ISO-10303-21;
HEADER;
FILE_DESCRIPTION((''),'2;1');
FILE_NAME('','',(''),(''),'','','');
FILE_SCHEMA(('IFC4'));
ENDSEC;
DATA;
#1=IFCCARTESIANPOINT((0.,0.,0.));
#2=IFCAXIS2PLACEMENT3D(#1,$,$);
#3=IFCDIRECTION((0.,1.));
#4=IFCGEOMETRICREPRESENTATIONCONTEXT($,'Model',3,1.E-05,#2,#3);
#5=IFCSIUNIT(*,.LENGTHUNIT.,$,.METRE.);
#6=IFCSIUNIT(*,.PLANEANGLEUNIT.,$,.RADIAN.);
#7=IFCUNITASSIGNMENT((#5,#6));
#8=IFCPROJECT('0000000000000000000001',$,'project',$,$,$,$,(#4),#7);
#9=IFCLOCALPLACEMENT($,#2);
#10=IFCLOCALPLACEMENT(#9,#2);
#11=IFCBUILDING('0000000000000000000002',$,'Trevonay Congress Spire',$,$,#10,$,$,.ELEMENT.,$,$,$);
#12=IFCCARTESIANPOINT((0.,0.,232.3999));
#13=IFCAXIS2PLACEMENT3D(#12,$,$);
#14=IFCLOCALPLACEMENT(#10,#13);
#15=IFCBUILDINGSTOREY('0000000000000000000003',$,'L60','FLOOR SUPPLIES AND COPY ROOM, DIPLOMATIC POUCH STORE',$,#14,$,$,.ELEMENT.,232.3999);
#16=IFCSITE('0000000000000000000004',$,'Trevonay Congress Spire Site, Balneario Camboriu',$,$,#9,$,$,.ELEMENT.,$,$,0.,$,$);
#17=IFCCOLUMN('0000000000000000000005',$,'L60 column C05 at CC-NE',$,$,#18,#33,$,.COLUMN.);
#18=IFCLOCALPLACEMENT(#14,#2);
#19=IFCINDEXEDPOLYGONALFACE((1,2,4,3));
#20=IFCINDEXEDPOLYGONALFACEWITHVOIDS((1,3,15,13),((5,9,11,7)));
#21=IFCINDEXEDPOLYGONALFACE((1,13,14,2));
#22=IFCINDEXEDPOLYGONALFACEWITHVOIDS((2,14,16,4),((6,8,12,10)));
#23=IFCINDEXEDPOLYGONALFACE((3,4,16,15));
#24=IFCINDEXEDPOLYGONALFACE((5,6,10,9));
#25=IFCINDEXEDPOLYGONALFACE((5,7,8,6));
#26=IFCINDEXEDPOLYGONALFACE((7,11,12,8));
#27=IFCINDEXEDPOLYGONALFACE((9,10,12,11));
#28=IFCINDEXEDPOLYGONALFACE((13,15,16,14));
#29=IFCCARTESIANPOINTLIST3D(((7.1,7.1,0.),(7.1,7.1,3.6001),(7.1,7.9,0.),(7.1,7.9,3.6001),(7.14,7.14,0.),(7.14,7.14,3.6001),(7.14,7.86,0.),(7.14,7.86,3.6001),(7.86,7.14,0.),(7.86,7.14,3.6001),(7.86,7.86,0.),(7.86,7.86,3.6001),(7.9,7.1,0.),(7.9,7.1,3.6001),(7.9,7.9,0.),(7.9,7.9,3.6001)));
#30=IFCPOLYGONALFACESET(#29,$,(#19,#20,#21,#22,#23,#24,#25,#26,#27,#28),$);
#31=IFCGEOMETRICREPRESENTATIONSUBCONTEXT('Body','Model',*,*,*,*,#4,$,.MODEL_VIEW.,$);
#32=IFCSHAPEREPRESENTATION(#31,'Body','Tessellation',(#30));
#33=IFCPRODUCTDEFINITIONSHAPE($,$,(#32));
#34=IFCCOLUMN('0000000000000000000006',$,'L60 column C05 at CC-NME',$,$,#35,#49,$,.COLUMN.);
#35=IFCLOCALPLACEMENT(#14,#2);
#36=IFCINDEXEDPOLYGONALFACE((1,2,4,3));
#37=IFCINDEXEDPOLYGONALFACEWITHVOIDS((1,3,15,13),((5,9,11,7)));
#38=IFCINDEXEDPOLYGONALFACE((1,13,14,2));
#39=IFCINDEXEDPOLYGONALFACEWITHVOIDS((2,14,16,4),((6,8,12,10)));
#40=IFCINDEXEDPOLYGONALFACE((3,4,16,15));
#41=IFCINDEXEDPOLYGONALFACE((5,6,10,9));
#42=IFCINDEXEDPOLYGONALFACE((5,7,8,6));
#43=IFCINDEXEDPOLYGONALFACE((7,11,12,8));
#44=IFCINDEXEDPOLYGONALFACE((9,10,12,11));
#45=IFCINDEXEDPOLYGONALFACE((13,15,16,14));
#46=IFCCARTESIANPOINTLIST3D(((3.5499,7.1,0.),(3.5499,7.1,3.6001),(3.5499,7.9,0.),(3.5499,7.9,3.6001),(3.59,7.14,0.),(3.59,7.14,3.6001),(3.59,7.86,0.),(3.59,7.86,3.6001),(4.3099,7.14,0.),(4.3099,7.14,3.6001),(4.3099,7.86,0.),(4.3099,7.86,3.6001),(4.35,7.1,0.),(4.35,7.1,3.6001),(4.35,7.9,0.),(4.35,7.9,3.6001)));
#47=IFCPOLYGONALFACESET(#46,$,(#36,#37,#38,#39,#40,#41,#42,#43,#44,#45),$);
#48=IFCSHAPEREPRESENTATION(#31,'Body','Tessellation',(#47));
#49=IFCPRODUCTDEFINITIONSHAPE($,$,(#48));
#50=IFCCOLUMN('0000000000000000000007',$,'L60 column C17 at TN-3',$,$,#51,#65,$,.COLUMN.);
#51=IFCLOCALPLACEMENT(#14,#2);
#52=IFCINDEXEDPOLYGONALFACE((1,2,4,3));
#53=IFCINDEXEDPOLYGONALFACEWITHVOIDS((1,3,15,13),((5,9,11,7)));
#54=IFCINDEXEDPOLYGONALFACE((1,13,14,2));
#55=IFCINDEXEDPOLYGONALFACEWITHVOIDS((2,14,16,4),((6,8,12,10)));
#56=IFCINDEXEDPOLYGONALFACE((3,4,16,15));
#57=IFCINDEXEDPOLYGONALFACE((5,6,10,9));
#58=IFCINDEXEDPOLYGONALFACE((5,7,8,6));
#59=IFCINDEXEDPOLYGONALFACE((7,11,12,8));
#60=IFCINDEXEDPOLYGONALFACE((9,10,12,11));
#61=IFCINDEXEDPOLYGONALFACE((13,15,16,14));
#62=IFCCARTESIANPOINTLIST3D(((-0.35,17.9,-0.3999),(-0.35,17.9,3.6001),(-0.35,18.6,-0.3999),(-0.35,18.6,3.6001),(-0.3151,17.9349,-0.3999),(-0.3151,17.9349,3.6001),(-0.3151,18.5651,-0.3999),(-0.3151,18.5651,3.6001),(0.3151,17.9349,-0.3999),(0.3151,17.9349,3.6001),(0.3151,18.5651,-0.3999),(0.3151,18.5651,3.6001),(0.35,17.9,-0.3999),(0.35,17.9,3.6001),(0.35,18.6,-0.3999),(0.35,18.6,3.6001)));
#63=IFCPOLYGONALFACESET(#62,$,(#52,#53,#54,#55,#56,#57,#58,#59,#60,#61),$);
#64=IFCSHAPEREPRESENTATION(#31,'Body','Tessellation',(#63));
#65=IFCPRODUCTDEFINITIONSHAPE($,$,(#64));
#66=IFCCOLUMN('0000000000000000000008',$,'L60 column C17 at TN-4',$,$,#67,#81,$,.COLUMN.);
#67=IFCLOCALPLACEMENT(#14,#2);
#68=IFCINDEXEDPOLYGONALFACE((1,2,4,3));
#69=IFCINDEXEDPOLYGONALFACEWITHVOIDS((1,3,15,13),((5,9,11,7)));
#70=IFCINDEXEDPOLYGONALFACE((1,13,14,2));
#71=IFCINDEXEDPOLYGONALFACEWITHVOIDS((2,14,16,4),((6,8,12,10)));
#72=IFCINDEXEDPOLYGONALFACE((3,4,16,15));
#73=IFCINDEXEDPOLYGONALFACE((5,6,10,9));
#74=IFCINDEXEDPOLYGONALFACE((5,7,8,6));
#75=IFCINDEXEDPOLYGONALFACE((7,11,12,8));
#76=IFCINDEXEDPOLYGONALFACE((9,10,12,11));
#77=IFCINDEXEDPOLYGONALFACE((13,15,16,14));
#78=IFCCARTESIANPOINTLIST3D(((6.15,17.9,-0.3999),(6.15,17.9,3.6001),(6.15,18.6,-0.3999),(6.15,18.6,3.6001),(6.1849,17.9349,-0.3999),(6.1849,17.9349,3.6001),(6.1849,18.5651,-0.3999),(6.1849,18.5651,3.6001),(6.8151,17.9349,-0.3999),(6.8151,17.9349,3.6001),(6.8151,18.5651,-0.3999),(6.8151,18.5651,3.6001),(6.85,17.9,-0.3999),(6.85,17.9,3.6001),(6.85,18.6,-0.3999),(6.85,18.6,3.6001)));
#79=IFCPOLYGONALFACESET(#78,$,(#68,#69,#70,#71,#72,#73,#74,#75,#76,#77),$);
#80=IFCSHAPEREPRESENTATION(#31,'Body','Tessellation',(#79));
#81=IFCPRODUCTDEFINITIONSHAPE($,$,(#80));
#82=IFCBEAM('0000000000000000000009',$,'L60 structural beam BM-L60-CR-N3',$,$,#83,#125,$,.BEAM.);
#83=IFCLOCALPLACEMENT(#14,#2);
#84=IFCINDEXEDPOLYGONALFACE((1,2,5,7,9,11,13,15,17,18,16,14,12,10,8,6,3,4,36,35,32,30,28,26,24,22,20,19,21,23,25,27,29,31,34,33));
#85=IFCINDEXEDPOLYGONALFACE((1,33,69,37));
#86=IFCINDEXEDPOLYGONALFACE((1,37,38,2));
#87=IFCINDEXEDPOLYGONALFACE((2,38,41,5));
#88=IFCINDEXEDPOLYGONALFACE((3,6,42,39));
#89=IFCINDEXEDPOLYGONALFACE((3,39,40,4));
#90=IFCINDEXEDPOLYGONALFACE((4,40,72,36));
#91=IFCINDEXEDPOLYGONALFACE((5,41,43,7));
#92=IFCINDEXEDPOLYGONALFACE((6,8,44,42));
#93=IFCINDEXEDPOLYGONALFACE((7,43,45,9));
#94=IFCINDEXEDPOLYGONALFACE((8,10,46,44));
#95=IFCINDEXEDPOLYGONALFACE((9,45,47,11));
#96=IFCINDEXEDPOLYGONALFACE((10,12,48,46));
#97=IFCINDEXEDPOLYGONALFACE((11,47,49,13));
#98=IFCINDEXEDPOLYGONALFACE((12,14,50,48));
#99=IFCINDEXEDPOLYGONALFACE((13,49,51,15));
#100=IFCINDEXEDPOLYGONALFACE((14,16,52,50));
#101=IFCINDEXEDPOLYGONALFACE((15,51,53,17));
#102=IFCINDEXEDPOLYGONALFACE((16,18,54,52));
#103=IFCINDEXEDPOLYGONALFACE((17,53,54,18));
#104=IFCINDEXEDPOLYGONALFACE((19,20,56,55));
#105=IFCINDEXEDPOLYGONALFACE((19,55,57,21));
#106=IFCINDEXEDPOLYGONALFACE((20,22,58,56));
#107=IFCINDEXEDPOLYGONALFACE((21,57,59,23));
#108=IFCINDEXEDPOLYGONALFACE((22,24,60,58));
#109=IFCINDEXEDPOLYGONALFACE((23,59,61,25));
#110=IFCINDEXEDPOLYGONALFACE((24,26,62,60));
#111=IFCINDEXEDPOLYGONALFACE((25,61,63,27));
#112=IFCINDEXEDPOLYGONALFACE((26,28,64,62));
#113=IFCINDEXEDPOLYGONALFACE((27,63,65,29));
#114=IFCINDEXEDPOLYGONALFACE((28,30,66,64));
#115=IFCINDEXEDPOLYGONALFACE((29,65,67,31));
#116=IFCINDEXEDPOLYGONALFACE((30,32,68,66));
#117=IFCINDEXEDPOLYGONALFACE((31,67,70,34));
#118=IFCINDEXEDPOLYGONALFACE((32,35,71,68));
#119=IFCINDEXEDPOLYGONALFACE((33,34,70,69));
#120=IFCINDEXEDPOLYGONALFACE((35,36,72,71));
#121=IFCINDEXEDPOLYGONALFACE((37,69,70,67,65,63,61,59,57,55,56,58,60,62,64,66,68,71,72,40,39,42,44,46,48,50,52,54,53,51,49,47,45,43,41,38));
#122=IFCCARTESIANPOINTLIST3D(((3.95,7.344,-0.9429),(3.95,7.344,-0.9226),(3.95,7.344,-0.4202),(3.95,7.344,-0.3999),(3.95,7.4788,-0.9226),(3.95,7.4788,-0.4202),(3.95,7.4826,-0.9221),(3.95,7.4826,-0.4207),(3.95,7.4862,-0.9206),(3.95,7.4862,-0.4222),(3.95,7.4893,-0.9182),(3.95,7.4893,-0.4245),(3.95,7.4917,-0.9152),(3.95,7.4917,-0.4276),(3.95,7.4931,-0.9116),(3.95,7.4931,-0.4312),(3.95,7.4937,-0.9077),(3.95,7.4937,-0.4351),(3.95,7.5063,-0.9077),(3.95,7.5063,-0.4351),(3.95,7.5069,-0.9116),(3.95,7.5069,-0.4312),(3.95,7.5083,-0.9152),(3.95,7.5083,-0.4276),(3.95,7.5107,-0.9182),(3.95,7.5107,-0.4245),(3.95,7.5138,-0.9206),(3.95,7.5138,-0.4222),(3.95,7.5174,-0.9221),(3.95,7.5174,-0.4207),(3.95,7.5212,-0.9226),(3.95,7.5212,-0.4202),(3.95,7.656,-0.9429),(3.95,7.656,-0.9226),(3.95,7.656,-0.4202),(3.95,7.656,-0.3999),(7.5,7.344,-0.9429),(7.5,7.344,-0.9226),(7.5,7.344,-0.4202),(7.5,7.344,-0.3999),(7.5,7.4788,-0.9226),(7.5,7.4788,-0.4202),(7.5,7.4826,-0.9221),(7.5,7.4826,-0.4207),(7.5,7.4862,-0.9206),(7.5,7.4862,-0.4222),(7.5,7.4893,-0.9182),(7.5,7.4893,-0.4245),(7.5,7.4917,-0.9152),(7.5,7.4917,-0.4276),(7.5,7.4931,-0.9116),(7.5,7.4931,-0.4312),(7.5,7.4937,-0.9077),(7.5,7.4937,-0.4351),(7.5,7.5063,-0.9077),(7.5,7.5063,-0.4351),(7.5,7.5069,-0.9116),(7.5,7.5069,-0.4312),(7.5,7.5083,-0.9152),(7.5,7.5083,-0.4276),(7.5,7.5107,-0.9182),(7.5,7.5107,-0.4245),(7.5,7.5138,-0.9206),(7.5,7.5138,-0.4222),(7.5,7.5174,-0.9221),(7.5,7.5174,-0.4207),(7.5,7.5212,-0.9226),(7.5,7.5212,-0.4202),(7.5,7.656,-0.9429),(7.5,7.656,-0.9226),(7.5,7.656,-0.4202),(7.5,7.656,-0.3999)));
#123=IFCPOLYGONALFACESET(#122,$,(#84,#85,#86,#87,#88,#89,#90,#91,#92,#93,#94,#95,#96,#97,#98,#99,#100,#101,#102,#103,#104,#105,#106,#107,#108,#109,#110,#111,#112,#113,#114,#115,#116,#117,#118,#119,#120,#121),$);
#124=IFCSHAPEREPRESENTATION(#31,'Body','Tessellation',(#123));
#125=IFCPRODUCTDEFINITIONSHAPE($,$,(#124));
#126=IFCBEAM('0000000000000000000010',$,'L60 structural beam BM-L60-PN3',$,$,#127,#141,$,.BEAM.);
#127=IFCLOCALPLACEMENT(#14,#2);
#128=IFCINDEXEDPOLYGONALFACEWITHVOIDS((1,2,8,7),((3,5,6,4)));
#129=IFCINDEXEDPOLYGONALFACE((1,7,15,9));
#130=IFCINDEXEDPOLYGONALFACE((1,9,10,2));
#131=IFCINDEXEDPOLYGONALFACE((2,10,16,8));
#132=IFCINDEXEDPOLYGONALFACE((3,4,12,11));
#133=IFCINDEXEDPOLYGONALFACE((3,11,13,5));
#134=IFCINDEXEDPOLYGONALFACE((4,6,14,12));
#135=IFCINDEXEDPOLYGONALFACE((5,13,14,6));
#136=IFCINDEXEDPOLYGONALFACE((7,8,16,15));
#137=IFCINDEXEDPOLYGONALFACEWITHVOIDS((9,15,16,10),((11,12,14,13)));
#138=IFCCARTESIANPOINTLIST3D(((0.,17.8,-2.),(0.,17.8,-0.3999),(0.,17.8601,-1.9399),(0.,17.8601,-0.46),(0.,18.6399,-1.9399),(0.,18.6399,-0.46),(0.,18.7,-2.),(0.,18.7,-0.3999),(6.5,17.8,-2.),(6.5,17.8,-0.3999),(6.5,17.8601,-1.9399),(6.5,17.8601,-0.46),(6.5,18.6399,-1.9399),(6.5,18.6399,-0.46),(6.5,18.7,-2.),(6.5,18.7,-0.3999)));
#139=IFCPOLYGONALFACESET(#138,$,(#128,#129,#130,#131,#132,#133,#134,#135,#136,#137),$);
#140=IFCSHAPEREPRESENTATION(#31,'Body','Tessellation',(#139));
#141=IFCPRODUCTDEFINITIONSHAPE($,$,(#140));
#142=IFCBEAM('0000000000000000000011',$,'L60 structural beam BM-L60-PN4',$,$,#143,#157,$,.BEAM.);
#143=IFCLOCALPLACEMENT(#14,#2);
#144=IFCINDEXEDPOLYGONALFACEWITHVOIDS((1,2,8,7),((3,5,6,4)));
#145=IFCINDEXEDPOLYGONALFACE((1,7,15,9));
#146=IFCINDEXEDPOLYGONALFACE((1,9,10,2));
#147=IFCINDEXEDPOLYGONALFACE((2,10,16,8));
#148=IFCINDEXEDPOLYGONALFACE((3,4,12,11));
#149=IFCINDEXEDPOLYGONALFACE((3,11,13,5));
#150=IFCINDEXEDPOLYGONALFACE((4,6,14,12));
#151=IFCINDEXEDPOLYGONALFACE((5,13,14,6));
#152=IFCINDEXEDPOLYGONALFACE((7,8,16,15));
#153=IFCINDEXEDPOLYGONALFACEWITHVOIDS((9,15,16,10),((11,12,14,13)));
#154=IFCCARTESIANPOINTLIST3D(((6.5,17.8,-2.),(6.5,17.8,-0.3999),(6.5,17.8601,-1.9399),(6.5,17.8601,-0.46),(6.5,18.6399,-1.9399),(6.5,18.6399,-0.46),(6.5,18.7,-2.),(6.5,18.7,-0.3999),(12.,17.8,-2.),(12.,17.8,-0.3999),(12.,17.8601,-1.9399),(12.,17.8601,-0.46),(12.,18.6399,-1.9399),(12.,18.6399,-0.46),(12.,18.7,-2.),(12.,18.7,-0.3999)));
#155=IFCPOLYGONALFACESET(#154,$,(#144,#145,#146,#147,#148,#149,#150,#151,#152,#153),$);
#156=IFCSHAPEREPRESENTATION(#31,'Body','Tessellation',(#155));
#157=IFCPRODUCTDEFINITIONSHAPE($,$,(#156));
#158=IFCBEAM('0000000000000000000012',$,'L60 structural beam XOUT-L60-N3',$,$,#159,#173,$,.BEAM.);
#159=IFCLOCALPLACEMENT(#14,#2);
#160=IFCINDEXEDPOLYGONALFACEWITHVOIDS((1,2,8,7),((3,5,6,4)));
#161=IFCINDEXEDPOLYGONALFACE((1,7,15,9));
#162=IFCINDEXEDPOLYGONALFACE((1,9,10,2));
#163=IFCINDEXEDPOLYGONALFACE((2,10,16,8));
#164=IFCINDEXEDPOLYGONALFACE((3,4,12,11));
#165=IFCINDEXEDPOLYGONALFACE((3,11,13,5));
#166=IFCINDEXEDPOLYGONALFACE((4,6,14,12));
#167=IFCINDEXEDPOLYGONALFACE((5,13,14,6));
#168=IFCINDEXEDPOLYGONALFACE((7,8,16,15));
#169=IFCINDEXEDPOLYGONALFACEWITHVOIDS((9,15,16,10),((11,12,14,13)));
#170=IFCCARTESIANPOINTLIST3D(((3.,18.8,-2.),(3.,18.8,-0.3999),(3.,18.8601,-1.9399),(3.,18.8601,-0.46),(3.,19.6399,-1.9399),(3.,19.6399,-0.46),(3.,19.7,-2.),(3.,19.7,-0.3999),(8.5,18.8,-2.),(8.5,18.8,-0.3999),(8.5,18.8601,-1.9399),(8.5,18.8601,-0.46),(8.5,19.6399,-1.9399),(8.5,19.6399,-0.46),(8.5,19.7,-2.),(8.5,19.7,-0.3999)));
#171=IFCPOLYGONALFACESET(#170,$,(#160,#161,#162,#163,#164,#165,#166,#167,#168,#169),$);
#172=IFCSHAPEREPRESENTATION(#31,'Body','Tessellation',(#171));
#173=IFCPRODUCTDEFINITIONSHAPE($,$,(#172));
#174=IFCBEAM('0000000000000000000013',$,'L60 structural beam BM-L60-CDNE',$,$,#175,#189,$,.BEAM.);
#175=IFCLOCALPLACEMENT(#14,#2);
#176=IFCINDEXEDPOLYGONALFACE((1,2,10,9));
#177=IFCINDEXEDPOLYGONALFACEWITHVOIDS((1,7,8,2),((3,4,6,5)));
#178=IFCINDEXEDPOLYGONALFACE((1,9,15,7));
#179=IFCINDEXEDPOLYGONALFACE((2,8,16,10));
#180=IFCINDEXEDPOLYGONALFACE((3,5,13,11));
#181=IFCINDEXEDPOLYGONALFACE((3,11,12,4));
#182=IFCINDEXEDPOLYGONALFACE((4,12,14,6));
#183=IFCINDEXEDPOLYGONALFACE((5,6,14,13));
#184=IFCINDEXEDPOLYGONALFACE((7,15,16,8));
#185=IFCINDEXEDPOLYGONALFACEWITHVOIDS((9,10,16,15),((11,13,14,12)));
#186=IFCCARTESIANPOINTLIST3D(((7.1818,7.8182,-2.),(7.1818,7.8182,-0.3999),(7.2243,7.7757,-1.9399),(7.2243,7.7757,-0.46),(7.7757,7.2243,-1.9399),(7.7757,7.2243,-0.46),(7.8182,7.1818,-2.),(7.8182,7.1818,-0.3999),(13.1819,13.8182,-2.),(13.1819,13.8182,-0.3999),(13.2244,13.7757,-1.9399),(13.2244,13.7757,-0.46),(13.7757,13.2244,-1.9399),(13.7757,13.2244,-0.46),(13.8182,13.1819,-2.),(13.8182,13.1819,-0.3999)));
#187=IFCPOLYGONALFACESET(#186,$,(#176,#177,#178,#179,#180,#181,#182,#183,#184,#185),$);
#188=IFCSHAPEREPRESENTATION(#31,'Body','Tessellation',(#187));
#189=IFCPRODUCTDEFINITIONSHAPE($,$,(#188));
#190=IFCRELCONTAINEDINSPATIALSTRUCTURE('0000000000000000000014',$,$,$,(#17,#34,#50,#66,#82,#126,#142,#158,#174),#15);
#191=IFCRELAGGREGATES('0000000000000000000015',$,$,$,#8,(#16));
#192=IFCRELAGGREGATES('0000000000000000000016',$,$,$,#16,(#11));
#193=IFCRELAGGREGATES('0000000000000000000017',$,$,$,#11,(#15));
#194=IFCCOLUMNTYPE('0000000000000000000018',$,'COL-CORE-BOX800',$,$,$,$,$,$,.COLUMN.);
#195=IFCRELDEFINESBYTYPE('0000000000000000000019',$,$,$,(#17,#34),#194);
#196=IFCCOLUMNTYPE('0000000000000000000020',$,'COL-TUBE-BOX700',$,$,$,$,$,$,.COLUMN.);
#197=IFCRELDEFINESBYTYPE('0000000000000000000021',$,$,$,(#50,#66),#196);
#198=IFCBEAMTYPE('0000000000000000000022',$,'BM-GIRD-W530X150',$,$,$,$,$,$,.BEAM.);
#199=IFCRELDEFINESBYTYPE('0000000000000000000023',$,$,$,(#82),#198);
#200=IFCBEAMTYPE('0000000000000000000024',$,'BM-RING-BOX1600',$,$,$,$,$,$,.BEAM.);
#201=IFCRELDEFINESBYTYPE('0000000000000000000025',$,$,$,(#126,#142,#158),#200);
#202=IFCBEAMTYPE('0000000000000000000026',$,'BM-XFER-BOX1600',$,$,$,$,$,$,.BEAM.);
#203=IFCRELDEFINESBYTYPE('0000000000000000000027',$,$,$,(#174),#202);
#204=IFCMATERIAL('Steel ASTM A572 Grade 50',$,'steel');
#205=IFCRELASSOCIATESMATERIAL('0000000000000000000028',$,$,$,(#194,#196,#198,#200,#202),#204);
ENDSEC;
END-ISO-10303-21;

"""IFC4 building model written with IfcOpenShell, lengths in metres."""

from ifc_helpers import new_model, si_unit, direction, frame, origin, origin_2d, place, context, subcontext, project, spatial, hollow_rectangle, i_section, extrude, material, material_profile, profile_set, type_object, element, save


model = new_model("IFC4")

# Units and contexts
model_context = context("Model", 3, precision=1e-05, world=origin(), true_north=direction((0.0, 1.0)))
body_context = subcontext(model_context, "Body", "Model", "MODEL_VIEW")
ifc_project = project(units=[si_unit("LENGTHUNIT", "METRE"), si_unit("PLANEANGLEUNIT", "RADIAN")], contexts=[model_context])

# Site, building, storey
site_placement = place(None, origin())
site = spatial("IfcSite", under=ifc_project, at=site_placement, Name="Trevonay Congress Spire Site, Balneario Camboriu", CompositionType="ELEMENT", RefElevation=0.0)
building_placement = place(site_placement, origin())
building = spatial("IfcBuilding", under=site, at=building_placement, Name="Trevonay Congress Spire", CompositionType="ELEMENT")
storey_placement = place(building_placement, frame((0.0, 0.0, 232.3999)))
storey = spatial("IfcBuildingStorey", under=building, at=storey_placement, Name="L60", Description="FLOOR SUPPLIES AND COPY ROOM, DIPLOMATIC POUCH STORE", CompositionType="ELEMENT", Elevation=232.3999)

# Columns
ifc_material_1 = material(Name="Steel ASTM A572 Grade 50", Category="steel")
ifc_material_profile_1 = material_profile(ifc_material_1, hollow_rectangle(XDim=0.8, YDim=0.8, WallThickness=0.04, at=origin_2d()), Name="BOX 800x800x40")
ifc_profile_set_1 = profile_set([ifc_material_profile_1], Name="Steel ASTM A572 Grade 50")
column_type_1 = type_object("IfcColumnType", Name="COL-CORE-BOX800", PredefinedType="COLUMN", material=ifc_profile_set_1)
for number, where, z_axis, x_axis, name in (
    (1, (7.5, 7.5, 0.0), (0.0, 0.0, 1.0), (1.0, 0.0, 0.0), "L60 column C05 at CC-NE"),
    (2, (3.95, 7.5, 0.0), (0.0, 0.0, 1.0), (1.0, 0.0, 0.0), "L60 column C05 at CC-NME"),
):
    element("IfcColumn", number, at=place(storey_placement, frame(where, z_axis=z_axis, x_axis=x_axis)), inside=storey, type_object=column_type_1, Name=name, PredefinedType="COLUMN", context=body_context, shape_type="SweptSolid", body=[
        extrude(hollow_rectangle(XDim=0.8, YDim=0.8, WallThickness=0.04, at=origin_2d()), origin(), (0.0, 0.0, 1.0), 3.6001),
    ])
ifc_material_profile_2 = material_profile(ifc_material_1, hollow_rectangle(XDim=0.7, YDim=0.7, WallThickness=0.0349, at=origin_2d()), Name="BOX 700x700x35")
ifc_profile_set_2 = profile_set([ifc_material_profile_2], Name="Steel ASTM A572 Grade 50")
column_type_2 = type_object("IfcColumnType", Name="COL-TUBE-BOX700", PredefinedType="COLUMN", material=ifc_profile_set_2)
for number, where, z_axis, x_axis, name in (
    (3, (0.0, 18.25, -0.3999), (0.0, 0.0, 1.0), (1.0, 0.0, 0.0), "L60 column C17 at TN-3"),
    (4, (6.5, 18.25, -0.3999), (0.0, 0.0, 1.0), (1.0, 0.0, 0.0), "L60 column C17 at TN-4"),
):
    element("IfcColumn", number, at=place(storey_placement, frame(where, z_axis=z_axis, x_axis=x_axis)), inside=storey, type_object=column_type_2, Name=name, PredefinedType="COLUMN", context=body_context, shape_type="SweptSolid", body=[
        extrude(hollow_rectangle(XDim=0.7, YDim=0.7, WallThickness=0.0349, at=origin_2d()), origin(), (0.0, 0.0, 1.0), 4.0),
    ])

# Beams
ifc_material_profile_3 = material_profile(ifc_material_1, i_section(OverallWidth=0.312, OverallDepth=0.543, WebThickness=0.0127, FlangeThickness=0.0203, FilletRadius=0.0149, at=origin_2d()), Name="W530x150")
ifc_profile_set_3 = profile_set([ifc_material_profile_3], Name="Steel ASTM A572 Grade 50")
beam_type_1 = type_object("IfcBeamType", Name="BM-GIRD-W530X150", PredefinedType="BEAM", material=ifc_profile_set_3)
beam_1_placement = place(storey_placement, frame((3.95, 7.5, -0.6714), z_axis=(1.0, 0.0, 0.0), x_axis=(0.0, 1.0, 0.0)))
element("IfcBeam", 5, at=beam_1_placement, inside=storey, type_object=beam_type_1, Name="L60 structural beam BM-L60-CR-N3", PredefinedType="BEAM", context=body_context, shape_type="SweptSolid", body=[
    extrude(i_section(OverallWidth=0.312, OverallDepth=0.543, WebThickness=0.0127, FlangeThickness=0.0203, FilletRadius=0.0149, at=origin_2d()), origin(), (0.0, 0.0, 1.0), 3.55),
])
ifc_material_profile_4 = material_profile(ifc_material_1, hollow_rectangle(XDim=0.8999, YDim=1.6001, WallThickness=0.0601, at=origin_2d()), Name="BOX 1600x900x60")
ifc_profile_set_4 = profile_set([ifc_material_profile_4], Name="Steel ASTM A572 Grade 50")
beam_type_2 = type_object("IfcBeamType", Name="BM-RING-BOX1600", PredefinedType="BEAM", material=ifc_profile_set_4)
beam_2_placement = place(storey_placement, frame((0.0, 18.25, -1.2), z_axis=(1.0, 0.0, 0.0), x_axis=(0.0, 1.0, 0.0)))
element("IfcBeam", 6, at=beam_2_placement, inside=storey, type_object=beam_type_2, Name="L60 structural beam BM-L60-PN3", PredefinedType="BEAM", context=body_context, shape_type="SweptSolid", body=[
    extrude(hollow_rectangle(XDim=0.8999, YDim=1.6001, WallThickness=0.0601, at=origin_2d()), origin(), (0.0, 0.0, 1.0), 6.5),
])
for number, where, z_axis, x_axis, name in (
    (7, (6.5, 18.25, -1.2), (1.0, 0.0, 0.0), (0.0, 1.0, 0.0), "L60 structural beam BM-L60-PN4"),
    (8, (3.0, 19.25, -1.2), (1.0, 0.0, 0.0), (0.0, 1.0, 0.0), "L60 structural beam XOUT-L60-N3"),
):
    element("IfcBeam", number, at=place(storey_placement, frame(where, z_axis=z_axis, x_axis=x_axis)), inside=storey, type_object=beam_type_2, Name=name, PredefinedType="BEAM", context=body_context, shape_type="SweptSolid", body=[
        extrude(hollow_rectangle(XDim=0.8999, YDim=1.6001, WallThickness=0.0601, at=origin_2d()), origin(), (0.0, 0.0, 1.0), 5.5),
    ])
ifc_material_profile_5 = material_profile(ifc_material_1, hollow_rectangle(XDim=0.8999, YDim=1.6001, WallThickness=0.0601, at=origin_2d()), Name="BOX 1600x900x60")
ifc_profile_set_5 = profile_set([ifc_material_profile_5], Name="Steel ASTM A572 Grade 50")
beam_type_3 = type_object("IfcBeamType", Name="BM-XFER-BOX1600", PredefinedType="BEAM", material=ifc_profile_set_5)
beam_3_placement = place(storey_placement, frame((7.5, 7.5, -1.2), z_axis=(0.707107, 0.707107, 0.0), x_axis=(-0.707107, 0.707107, 0.0)))
element("IfcBeam", 9, at=beam_3_placement, inside=storey, type_object=beam_type_3, Name="L60 structural beam BM-L60-CDNE", PredefinedType="BEAM", context=body_context, shape_type="SweptSolid", body=[
    extrude(hollow_rectangle(XDim=0.8999, YDim=1.6001, WallThickness=0.0601, at=origin_2d()), origin(), (0.0, 0.0, 1.0), 8.4854),
])

save(model, "model.ifc")
